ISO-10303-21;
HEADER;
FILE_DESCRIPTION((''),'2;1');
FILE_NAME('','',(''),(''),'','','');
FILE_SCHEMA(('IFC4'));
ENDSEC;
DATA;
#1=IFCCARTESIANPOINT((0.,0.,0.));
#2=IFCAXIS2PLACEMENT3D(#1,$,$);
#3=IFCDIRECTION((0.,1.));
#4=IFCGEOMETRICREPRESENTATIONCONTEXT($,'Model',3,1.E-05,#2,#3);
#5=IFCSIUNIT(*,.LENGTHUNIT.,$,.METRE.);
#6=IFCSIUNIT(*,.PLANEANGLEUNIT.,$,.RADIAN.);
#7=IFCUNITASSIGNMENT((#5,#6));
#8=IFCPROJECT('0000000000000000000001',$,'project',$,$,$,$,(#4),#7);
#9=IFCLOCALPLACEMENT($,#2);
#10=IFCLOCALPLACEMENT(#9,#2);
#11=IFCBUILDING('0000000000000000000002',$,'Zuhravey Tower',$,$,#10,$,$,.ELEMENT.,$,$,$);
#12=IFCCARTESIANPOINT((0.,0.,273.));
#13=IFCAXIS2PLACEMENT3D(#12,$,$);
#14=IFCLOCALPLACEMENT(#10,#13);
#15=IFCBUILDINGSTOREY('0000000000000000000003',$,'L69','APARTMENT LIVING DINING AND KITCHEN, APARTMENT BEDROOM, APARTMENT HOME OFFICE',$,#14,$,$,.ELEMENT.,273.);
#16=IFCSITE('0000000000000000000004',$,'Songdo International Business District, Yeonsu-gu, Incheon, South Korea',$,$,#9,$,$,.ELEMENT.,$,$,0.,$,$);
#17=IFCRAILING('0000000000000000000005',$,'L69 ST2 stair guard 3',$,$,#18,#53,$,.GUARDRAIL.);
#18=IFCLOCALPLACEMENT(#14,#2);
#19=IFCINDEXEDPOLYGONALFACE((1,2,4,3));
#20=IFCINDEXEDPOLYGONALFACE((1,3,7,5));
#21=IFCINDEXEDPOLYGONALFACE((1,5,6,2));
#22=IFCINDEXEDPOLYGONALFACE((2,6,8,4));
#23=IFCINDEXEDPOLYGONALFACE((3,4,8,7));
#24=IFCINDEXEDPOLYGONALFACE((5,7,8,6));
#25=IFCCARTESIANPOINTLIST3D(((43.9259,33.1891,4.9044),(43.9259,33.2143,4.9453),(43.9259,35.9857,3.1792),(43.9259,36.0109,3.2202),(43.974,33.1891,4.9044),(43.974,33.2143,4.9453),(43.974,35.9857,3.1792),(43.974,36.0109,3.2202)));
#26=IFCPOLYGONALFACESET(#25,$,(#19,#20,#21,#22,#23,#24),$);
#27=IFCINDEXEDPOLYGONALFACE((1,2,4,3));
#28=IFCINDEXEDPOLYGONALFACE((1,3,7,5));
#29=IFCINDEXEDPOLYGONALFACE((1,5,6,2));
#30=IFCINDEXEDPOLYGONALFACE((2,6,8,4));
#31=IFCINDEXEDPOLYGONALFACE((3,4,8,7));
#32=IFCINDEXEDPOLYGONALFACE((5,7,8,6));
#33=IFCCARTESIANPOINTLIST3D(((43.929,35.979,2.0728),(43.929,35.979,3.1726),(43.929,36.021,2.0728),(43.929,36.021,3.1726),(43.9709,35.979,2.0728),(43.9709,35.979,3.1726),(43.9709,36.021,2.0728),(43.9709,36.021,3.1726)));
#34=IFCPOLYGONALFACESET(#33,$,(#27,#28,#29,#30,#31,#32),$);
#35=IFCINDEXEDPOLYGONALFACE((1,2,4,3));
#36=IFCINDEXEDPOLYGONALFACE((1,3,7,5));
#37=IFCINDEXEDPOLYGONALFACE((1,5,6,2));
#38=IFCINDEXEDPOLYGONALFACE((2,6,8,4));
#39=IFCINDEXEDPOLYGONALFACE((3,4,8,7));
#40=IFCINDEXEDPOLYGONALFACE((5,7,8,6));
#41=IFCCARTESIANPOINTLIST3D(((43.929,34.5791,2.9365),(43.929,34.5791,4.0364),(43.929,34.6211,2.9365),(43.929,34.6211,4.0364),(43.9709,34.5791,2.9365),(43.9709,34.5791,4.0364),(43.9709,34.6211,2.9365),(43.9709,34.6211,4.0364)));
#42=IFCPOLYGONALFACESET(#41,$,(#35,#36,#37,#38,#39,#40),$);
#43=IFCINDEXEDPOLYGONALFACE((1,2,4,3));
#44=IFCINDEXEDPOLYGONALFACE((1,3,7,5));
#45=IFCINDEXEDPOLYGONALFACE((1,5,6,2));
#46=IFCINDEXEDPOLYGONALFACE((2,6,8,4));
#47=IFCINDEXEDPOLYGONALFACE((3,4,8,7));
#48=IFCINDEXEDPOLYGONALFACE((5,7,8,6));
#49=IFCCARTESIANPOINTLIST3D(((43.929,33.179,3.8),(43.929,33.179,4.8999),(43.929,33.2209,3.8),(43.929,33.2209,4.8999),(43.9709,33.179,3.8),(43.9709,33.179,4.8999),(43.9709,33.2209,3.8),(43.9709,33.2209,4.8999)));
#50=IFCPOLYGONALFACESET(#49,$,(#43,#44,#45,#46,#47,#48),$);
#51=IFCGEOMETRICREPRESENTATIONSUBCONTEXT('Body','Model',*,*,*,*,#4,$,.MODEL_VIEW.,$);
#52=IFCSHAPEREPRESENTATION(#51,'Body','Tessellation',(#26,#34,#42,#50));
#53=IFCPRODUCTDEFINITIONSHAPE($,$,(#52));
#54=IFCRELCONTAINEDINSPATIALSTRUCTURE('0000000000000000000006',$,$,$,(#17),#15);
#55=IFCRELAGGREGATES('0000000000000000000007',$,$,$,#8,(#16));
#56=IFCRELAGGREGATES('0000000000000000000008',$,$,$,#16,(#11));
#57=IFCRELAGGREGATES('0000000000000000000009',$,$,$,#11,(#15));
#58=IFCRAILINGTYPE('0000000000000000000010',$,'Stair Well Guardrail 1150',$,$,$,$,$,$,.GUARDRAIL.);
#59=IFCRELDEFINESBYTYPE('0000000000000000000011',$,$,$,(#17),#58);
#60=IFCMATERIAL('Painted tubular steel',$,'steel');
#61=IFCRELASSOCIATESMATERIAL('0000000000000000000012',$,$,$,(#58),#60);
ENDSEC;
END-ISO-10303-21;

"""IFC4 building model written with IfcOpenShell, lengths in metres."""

from ifc_helpers import new_model, si_unit, direction, frame, origin, origin_2d, place, context, subcontext, project, spatial, rectangle, extrude, material, type_object, element, save


model = new_model("IFC4")

# Units and contexts
model_context = context("Model", 3, precision=1e-05, world=origin(), true_north=direction((0.0, 1.0)))
body_context = subcontext(model_context, "Body", "Model", "MODEL_VIEW")
ifc_project = project(units=[si_unit("LENGTHUNIT", "METRE"), si_unit("PLANEANGLEUNIT", "RADIAN")], contexts=[model_context])

# Site, building, storey
site_placement = place(None, origin())
site = spatial("IfcSite", under=ifc_project, at=site_placement, Name="Songdo International Business District, Yeonsu-gu, Incheon, South Korea", CompositionType="ELEMENT", RefElevation=0.0)
building_placement = place(site_placement, origin())
building = spatial("IfcBuilding", under=site, at=building_placement, Name="Zuhravey Tower", CompositionType="ELEMENT")
storey_placement = place(building_placement, frame((0.0, 0.0, 273.0)))
storey = spatial("IfcBuildingStorey", under=building, at=storey_placement, Name="L69", Description="APARTMENT LIVING DINING AND KITCHEN, APARTMENT BEDROOM, APARTMENT HOME OFFICE", CompositionType="ELEMENT", Elevation=273.0)

# Railing
ifc_material_1 = material(Name="Painted tubular steel", Category="steel")
railing_type_1 = type_object("IfcRailingType", Name="Stair Well Guardrail 1150", PredefinedType="GUARDRAIL", material=ifc_material_1)
railing_1_placement = place(storey_placement, frame((43.95, 36.0, 2.0728)))
element("IfcRailing", 1, at=railing_1_placement, inside=storey, type_object=railing_type_1, Name="L69 ST2 stair guard 3", PredefinedType="GUARDRAIL", context=body_context, shape_type="SweptSolid", body=[
    extrude(rectangle(XDim=0.0481, YDim=0.0481, at=origin_2d()), frame((0.0, -0.0017, 1.127), z_axis=(0.0, -0.85109, 0.52502), x_axis=(1.0, 0.0, 0.0)), (0.0, 0.0, 1.0), 3.2859),
    extrude(rectangle(XDim=0.042, YDim=0.042, at=origin_2d()), origin(), (0.0, 0.0, 1.0), 1.0999),
    extrude(rectangle(XDim=0.042, YDim=0.042, at=origin_2d()), frame((0.0, -1.3999, 0.8638)), (0.0, 0.0, 1.0), 1.0999),
    extrude(rectangle(XDim=0.042, YDim=0.042, at=origin_2d()), frame((0.0, -2.8, 1.7273)), (0.0, 0.0, 1.0), 1.0999),
])

save(model, "model.ifc")
